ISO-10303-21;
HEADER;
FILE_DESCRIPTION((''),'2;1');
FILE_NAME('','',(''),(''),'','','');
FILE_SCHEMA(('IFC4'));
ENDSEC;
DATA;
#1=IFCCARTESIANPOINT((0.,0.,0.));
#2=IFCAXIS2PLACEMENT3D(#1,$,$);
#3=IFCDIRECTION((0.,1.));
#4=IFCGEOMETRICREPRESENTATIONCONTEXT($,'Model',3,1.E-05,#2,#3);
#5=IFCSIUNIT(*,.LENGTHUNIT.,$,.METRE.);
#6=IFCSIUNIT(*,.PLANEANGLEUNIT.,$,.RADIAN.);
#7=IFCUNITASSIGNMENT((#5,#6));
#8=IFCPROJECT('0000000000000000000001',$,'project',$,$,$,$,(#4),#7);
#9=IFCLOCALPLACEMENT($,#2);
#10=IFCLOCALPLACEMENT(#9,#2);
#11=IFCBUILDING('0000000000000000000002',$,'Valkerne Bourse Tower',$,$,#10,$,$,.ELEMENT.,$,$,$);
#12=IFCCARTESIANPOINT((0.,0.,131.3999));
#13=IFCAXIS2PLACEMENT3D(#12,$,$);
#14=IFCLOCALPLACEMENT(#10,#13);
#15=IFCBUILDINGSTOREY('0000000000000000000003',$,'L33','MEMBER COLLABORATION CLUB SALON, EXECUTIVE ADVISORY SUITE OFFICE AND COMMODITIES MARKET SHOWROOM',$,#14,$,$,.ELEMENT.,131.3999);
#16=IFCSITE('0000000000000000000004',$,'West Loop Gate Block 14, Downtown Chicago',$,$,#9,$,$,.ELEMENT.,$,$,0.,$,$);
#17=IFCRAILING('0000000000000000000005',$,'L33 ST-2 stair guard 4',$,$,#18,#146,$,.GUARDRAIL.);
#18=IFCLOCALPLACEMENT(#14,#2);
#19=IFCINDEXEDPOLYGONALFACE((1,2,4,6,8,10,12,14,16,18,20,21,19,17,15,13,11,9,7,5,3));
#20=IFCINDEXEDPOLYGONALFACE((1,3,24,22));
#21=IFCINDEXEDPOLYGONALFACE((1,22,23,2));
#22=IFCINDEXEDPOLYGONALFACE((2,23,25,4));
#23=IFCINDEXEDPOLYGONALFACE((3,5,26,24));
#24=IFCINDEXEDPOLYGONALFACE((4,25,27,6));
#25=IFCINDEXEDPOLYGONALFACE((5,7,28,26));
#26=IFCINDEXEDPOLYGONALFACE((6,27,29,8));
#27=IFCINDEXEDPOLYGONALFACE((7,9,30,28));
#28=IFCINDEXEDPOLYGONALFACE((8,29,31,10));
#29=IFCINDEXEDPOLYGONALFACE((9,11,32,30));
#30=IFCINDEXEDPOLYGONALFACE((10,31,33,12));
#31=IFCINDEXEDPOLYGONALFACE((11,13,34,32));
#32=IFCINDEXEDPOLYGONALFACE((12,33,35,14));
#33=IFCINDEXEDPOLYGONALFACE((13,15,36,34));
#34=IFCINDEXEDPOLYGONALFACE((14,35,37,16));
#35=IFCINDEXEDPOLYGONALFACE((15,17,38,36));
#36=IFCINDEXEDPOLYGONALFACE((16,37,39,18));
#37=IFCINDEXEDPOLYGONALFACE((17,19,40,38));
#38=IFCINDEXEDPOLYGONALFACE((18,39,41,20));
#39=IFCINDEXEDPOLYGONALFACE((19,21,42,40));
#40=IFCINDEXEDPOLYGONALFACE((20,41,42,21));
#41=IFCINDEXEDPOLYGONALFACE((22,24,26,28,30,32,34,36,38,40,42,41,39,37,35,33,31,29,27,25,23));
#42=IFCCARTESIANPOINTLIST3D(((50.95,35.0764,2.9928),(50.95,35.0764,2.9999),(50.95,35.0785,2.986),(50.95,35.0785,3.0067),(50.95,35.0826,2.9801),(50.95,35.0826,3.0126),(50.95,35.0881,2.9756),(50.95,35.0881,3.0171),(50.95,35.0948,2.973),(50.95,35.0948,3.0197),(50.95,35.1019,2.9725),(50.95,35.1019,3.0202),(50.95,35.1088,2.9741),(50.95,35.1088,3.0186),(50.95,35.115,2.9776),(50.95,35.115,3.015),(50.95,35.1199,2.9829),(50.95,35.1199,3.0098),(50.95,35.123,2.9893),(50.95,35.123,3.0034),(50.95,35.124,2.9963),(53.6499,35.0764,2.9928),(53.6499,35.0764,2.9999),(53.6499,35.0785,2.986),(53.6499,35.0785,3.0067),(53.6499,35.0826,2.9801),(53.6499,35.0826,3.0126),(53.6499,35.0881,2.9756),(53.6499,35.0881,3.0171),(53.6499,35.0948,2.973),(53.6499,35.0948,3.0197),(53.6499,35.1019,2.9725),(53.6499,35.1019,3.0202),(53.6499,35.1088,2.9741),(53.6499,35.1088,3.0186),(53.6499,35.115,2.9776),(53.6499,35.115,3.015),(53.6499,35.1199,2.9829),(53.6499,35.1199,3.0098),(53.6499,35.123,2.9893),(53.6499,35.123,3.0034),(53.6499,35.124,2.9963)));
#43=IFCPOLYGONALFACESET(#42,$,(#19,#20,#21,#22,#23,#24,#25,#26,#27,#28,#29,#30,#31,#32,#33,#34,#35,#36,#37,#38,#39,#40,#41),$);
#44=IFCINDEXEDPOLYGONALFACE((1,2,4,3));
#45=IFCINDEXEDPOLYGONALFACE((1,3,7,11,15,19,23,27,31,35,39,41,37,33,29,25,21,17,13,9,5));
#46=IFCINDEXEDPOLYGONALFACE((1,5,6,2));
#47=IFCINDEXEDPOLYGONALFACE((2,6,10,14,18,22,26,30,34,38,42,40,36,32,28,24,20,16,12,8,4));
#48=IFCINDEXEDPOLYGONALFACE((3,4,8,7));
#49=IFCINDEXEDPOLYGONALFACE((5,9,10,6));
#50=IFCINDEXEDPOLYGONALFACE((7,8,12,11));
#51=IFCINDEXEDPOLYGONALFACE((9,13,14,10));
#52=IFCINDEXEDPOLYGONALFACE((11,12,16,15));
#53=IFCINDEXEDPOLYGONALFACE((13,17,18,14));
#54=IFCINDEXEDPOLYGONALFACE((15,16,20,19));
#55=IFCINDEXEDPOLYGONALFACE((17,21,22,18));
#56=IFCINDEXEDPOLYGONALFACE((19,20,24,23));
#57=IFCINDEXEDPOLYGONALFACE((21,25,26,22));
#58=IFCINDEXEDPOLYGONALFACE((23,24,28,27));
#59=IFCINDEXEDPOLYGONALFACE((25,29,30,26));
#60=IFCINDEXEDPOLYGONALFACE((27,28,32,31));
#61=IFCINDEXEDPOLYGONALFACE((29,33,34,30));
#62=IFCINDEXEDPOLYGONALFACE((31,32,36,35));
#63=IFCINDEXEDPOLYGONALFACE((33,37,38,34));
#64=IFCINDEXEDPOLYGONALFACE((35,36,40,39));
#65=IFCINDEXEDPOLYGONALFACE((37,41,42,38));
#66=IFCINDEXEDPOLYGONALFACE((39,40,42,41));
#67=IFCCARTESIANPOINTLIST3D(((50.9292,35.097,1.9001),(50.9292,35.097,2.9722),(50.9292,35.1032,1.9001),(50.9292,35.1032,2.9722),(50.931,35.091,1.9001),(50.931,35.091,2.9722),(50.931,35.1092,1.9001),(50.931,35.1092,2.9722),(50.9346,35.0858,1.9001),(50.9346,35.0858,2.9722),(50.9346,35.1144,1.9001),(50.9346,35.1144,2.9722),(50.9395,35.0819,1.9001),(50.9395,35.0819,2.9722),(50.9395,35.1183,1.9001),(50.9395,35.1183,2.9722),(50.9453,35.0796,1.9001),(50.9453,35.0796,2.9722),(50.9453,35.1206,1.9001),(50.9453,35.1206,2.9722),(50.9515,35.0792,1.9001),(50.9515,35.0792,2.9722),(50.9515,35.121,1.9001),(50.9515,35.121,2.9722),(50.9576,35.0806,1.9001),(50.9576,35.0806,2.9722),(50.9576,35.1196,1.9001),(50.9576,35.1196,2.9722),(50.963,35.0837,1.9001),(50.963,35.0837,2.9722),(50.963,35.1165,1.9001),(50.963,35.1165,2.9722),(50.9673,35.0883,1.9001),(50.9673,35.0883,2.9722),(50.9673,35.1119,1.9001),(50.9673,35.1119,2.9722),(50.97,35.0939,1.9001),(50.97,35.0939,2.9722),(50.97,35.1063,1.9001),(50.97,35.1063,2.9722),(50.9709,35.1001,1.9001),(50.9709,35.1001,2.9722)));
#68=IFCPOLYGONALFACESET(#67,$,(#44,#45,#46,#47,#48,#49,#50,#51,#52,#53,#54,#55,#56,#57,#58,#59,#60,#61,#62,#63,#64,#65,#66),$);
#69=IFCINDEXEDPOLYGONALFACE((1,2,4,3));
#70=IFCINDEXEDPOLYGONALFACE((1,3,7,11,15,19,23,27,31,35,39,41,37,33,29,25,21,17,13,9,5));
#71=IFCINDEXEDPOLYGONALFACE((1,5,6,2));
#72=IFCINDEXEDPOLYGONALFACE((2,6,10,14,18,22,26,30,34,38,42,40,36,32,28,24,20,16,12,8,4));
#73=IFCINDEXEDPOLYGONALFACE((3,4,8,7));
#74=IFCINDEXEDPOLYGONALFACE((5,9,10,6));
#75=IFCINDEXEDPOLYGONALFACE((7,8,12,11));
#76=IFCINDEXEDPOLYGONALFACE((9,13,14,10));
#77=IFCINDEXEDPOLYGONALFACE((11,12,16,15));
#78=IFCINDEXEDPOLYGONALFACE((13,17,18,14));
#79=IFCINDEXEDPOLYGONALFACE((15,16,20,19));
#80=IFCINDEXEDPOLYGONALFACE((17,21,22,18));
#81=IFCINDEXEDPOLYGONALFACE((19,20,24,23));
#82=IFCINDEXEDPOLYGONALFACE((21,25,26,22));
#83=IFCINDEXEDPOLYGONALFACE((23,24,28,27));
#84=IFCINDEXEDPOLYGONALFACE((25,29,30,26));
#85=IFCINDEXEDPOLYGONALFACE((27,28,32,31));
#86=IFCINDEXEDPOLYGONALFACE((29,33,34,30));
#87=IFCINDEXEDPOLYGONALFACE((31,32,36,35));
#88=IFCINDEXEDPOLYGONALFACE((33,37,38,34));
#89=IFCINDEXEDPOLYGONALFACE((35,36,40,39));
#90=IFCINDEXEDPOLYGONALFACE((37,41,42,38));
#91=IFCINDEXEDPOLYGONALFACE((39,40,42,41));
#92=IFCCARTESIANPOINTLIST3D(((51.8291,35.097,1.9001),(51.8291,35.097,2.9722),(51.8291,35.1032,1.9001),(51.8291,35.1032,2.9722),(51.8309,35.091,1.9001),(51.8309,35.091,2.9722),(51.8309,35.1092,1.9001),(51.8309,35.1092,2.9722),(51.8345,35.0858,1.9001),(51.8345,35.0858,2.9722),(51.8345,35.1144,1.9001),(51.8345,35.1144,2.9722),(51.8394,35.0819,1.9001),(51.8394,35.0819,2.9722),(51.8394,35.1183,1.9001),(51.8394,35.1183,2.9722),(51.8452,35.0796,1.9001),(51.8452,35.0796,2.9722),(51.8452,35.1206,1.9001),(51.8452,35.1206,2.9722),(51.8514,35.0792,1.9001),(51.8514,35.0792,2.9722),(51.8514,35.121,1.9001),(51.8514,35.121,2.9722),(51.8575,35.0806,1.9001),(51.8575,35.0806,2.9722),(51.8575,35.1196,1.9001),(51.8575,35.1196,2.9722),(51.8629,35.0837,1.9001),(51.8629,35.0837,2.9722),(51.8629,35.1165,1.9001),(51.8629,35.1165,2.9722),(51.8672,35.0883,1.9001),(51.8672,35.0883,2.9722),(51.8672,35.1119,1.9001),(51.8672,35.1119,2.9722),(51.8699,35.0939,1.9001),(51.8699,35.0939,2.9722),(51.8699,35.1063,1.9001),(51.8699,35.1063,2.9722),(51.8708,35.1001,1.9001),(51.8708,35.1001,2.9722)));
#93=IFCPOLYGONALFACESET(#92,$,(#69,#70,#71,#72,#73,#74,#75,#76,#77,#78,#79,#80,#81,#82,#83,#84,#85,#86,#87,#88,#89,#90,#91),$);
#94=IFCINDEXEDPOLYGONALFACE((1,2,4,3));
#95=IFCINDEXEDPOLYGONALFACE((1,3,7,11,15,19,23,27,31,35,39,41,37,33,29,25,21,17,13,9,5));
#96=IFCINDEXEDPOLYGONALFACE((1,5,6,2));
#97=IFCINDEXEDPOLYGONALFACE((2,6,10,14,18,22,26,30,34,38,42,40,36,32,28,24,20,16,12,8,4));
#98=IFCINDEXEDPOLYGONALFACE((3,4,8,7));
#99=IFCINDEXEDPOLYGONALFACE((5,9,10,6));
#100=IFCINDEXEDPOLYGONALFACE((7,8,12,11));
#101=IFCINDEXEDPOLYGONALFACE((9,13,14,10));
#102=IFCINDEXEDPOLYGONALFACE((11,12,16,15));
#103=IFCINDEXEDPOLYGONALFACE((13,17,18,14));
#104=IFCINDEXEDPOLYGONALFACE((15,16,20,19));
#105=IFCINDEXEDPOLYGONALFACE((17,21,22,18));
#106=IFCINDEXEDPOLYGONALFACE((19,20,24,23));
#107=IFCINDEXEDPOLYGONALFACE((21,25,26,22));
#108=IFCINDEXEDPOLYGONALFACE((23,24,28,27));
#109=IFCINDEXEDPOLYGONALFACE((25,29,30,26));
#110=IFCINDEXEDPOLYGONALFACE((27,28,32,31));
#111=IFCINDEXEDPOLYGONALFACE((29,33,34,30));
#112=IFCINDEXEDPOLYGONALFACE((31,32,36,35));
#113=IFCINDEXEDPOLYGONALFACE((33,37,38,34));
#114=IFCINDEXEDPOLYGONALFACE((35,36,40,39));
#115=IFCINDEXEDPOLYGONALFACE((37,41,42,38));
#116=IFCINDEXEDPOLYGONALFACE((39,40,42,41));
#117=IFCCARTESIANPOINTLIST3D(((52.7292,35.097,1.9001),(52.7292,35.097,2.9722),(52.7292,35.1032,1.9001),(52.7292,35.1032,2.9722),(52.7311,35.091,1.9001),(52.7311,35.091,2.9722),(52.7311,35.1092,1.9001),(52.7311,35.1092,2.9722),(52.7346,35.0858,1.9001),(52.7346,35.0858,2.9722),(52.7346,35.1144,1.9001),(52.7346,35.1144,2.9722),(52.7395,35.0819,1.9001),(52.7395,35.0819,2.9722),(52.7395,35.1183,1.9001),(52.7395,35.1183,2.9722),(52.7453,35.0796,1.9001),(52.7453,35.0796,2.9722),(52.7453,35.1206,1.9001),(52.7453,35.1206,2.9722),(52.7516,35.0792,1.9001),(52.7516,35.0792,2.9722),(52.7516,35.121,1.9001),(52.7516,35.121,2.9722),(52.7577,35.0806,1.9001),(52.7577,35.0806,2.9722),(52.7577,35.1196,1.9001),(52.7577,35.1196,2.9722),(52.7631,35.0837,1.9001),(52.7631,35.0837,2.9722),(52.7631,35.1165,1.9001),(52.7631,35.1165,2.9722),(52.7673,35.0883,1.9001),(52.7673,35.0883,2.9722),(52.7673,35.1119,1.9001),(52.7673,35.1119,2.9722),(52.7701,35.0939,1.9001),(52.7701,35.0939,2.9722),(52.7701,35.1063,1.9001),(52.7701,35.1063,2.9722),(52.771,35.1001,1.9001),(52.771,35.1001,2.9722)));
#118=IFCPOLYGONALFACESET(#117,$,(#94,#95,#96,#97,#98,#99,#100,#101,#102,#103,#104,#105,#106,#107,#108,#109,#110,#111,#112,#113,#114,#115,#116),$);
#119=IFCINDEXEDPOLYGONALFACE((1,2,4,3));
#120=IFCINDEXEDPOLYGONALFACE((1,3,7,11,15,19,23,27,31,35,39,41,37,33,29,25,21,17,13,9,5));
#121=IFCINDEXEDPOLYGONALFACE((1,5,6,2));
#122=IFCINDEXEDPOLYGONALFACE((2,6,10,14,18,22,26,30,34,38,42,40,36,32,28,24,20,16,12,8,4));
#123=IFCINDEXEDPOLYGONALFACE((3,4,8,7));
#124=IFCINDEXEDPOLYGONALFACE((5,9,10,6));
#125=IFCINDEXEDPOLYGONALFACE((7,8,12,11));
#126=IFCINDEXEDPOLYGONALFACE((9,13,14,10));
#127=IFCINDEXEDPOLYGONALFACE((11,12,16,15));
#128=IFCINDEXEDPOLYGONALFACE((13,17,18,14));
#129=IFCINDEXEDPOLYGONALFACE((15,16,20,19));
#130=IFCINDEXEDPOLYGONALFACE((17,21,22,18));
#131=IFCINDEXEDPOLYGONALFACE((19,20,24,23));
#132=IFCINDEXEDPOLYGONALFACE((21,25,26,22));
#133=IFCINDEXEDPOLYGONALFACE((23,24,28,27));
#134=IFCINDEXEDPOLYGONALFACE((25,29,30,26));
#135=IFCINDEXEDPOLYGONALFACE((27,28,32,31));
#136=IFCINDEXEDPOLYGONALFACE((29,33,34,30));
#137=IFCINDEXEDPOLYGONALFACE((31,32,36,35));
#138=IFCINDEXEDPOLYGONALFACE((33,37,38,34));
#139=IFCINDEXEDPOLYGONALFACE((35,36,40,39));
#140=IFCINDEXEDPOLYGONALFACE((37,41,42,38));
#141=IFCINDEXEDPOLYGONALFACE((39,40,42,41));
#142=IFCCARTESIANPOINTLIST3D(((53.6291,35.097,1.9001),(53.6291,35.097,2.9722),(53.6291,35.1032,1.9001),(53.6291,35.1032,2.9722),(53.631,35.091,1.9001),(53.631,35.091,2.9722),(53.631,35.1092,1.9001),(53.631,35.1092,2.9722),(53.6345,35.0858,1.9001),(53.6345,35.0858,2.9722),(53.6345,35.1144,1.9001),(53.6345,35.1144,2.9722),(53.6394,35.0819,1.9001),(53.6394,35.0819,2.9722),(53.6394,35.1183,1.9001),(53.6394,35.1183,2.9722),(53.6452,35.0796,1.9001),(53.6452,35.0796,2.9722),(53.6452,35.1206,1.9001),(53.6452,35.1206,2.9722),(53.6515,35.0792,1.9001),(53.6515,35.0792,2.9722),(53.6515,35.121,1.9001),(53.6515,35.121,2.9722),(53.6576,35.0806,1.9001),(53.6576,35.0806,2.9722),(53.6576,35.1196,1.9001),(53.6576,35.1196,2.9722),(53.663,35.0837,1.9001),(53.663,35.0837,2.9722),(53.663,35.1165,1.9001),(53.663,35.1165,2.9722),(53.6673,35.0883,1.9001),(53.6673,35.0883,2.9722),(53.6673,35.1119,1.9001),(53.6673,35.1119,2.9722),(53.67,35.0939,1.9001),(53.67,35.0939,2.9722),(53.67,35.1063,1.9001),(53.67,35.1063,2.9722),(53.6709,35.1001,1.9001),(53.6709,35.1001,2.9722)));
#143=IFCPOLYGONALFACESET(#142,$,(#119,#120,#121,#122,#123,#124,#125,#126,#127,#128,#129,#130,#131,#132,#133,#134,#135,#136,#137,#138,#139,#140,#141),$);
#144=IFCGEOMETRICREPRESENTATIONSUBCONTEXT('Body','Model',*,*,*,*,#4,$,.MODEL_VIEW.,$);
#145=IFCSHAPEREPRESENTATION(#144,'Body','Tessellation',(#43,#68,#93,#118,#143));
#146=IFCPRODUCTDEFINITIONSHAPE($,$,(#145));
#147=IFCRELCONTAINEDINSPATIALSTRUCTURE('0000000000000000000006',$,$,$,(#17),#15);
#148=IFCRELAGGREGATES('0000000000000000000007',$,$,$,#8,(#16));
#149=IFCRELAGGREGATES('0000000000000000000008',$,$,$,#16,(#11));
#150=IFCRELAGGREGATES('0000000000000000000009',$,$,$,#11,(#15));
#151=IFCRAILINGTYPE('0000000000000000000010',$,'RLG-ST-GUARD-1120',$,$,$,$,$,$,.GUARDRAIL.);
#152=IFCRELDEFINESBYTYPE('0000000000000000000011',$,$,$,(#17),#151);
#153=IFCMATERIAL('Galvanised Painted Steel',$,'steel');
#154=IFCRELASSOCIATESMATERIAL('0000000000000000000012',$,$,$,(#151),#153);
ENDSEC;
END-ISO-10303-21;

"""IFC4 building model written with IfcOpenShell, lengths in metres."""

from ifc_helpers import new_model, si_unit, direction, frame, origin, origin_2d, place, context, subcontext, project, spatial, circle, extrude, material, type_object, element, save


model = new_model("IFC4")

# Units and contexts
model_context = context("Model", 3, precision=1e-05, world=origin(), true_north=direction((0.0, 1.0)))
body_context = subcontext(model_context, "Body", "Model", "MODEL_VIEW")
ifc_project = project(units=[si_unit("LENGTHUNIT", "METRE"), si_unit("PLANEANGLEUNIT", "RADIAN")], contexts=[model_context])

# Site, building, storey
site_placement = place(None, origin())
site = spatial("IfcSite", under=ifc_project, at=site_placement, Name="West Loop Gate Block 14, Downtown Chicago", CompositionType="ELEMENT", RefElevation=0.0)
building_placement = place(site_placement, origin())
building = spatial("IfcBuilding", under=site, at=building_placement, Name="Valkerne Bourse Tower", CompositionType="ELEMENT")
storey_placement = place(building_placement, frame((0.0, 0.0, 131.3999)))
storey = spatial("IfcBuildingStorey", under=building, at=storey_placement, Name="L33", Description="MEMBER COLLABORATION CLUB SALON, EXECUTIVE ADVISORY SUITE OFFICE AND COMMODITIES MARKET SHOWROOM", CompositionType="ELEMENT", Elevation=131.3999)

# Shared definitions
ifc_material_1 = material(Name="Galvanised Painted Steel", Category="steel")

# Railing
railing_type_1 = type_object("IfcRailingType", Name="RLG-ST-GUARD-1120", PredefinedType="GUARDRAIL", material=ifc_material_1)
for number, where, name in (
    (1, (50.95, 35.1001, 1.9001), "L33 ST-2 stair guard 4"),
):
    element("IfcRailing", number, at=place(storey_placement, frame(where)), inside=storey, type_object=railing_type_1, Name=name, PredefinedType="GUARDRAIL", context=body_context, shape_type="SweptSolid", body=[
        extrude(circle(Radius=0.0239, at=origin_2d()), frame((0.0, 0.0, 1.0962), z_axis=(1.0, 0.0, 0.0), x_axis=(0.0, 1.0, 0.0)), (0.0, 0.0, 1.0), 2.7),
        extrude(circle(Radius=0.021, at=origin_2d()), origin(), (0.0, 0.0, 1.0), 1.072),
        extrude(circle(Radius=0.021, at=origin_2d()), frame((0.8999, 0.0, 0.0)), (0.0, 0.0, 1.0), 1.072),
        extrude(circle(Radius=0.021, at=origin_2d()), frame((1.8, 0.0, 0.0)), (0.0, 0.0, 1.0), 1.072),
        extrude(circle(Radius=0.021, at=origin_2d()), frame((2.7, 0.0, 0.0)), (0.0, 0.0, 1.0), 1.072),
    ])

save(model, "model.ifc")
